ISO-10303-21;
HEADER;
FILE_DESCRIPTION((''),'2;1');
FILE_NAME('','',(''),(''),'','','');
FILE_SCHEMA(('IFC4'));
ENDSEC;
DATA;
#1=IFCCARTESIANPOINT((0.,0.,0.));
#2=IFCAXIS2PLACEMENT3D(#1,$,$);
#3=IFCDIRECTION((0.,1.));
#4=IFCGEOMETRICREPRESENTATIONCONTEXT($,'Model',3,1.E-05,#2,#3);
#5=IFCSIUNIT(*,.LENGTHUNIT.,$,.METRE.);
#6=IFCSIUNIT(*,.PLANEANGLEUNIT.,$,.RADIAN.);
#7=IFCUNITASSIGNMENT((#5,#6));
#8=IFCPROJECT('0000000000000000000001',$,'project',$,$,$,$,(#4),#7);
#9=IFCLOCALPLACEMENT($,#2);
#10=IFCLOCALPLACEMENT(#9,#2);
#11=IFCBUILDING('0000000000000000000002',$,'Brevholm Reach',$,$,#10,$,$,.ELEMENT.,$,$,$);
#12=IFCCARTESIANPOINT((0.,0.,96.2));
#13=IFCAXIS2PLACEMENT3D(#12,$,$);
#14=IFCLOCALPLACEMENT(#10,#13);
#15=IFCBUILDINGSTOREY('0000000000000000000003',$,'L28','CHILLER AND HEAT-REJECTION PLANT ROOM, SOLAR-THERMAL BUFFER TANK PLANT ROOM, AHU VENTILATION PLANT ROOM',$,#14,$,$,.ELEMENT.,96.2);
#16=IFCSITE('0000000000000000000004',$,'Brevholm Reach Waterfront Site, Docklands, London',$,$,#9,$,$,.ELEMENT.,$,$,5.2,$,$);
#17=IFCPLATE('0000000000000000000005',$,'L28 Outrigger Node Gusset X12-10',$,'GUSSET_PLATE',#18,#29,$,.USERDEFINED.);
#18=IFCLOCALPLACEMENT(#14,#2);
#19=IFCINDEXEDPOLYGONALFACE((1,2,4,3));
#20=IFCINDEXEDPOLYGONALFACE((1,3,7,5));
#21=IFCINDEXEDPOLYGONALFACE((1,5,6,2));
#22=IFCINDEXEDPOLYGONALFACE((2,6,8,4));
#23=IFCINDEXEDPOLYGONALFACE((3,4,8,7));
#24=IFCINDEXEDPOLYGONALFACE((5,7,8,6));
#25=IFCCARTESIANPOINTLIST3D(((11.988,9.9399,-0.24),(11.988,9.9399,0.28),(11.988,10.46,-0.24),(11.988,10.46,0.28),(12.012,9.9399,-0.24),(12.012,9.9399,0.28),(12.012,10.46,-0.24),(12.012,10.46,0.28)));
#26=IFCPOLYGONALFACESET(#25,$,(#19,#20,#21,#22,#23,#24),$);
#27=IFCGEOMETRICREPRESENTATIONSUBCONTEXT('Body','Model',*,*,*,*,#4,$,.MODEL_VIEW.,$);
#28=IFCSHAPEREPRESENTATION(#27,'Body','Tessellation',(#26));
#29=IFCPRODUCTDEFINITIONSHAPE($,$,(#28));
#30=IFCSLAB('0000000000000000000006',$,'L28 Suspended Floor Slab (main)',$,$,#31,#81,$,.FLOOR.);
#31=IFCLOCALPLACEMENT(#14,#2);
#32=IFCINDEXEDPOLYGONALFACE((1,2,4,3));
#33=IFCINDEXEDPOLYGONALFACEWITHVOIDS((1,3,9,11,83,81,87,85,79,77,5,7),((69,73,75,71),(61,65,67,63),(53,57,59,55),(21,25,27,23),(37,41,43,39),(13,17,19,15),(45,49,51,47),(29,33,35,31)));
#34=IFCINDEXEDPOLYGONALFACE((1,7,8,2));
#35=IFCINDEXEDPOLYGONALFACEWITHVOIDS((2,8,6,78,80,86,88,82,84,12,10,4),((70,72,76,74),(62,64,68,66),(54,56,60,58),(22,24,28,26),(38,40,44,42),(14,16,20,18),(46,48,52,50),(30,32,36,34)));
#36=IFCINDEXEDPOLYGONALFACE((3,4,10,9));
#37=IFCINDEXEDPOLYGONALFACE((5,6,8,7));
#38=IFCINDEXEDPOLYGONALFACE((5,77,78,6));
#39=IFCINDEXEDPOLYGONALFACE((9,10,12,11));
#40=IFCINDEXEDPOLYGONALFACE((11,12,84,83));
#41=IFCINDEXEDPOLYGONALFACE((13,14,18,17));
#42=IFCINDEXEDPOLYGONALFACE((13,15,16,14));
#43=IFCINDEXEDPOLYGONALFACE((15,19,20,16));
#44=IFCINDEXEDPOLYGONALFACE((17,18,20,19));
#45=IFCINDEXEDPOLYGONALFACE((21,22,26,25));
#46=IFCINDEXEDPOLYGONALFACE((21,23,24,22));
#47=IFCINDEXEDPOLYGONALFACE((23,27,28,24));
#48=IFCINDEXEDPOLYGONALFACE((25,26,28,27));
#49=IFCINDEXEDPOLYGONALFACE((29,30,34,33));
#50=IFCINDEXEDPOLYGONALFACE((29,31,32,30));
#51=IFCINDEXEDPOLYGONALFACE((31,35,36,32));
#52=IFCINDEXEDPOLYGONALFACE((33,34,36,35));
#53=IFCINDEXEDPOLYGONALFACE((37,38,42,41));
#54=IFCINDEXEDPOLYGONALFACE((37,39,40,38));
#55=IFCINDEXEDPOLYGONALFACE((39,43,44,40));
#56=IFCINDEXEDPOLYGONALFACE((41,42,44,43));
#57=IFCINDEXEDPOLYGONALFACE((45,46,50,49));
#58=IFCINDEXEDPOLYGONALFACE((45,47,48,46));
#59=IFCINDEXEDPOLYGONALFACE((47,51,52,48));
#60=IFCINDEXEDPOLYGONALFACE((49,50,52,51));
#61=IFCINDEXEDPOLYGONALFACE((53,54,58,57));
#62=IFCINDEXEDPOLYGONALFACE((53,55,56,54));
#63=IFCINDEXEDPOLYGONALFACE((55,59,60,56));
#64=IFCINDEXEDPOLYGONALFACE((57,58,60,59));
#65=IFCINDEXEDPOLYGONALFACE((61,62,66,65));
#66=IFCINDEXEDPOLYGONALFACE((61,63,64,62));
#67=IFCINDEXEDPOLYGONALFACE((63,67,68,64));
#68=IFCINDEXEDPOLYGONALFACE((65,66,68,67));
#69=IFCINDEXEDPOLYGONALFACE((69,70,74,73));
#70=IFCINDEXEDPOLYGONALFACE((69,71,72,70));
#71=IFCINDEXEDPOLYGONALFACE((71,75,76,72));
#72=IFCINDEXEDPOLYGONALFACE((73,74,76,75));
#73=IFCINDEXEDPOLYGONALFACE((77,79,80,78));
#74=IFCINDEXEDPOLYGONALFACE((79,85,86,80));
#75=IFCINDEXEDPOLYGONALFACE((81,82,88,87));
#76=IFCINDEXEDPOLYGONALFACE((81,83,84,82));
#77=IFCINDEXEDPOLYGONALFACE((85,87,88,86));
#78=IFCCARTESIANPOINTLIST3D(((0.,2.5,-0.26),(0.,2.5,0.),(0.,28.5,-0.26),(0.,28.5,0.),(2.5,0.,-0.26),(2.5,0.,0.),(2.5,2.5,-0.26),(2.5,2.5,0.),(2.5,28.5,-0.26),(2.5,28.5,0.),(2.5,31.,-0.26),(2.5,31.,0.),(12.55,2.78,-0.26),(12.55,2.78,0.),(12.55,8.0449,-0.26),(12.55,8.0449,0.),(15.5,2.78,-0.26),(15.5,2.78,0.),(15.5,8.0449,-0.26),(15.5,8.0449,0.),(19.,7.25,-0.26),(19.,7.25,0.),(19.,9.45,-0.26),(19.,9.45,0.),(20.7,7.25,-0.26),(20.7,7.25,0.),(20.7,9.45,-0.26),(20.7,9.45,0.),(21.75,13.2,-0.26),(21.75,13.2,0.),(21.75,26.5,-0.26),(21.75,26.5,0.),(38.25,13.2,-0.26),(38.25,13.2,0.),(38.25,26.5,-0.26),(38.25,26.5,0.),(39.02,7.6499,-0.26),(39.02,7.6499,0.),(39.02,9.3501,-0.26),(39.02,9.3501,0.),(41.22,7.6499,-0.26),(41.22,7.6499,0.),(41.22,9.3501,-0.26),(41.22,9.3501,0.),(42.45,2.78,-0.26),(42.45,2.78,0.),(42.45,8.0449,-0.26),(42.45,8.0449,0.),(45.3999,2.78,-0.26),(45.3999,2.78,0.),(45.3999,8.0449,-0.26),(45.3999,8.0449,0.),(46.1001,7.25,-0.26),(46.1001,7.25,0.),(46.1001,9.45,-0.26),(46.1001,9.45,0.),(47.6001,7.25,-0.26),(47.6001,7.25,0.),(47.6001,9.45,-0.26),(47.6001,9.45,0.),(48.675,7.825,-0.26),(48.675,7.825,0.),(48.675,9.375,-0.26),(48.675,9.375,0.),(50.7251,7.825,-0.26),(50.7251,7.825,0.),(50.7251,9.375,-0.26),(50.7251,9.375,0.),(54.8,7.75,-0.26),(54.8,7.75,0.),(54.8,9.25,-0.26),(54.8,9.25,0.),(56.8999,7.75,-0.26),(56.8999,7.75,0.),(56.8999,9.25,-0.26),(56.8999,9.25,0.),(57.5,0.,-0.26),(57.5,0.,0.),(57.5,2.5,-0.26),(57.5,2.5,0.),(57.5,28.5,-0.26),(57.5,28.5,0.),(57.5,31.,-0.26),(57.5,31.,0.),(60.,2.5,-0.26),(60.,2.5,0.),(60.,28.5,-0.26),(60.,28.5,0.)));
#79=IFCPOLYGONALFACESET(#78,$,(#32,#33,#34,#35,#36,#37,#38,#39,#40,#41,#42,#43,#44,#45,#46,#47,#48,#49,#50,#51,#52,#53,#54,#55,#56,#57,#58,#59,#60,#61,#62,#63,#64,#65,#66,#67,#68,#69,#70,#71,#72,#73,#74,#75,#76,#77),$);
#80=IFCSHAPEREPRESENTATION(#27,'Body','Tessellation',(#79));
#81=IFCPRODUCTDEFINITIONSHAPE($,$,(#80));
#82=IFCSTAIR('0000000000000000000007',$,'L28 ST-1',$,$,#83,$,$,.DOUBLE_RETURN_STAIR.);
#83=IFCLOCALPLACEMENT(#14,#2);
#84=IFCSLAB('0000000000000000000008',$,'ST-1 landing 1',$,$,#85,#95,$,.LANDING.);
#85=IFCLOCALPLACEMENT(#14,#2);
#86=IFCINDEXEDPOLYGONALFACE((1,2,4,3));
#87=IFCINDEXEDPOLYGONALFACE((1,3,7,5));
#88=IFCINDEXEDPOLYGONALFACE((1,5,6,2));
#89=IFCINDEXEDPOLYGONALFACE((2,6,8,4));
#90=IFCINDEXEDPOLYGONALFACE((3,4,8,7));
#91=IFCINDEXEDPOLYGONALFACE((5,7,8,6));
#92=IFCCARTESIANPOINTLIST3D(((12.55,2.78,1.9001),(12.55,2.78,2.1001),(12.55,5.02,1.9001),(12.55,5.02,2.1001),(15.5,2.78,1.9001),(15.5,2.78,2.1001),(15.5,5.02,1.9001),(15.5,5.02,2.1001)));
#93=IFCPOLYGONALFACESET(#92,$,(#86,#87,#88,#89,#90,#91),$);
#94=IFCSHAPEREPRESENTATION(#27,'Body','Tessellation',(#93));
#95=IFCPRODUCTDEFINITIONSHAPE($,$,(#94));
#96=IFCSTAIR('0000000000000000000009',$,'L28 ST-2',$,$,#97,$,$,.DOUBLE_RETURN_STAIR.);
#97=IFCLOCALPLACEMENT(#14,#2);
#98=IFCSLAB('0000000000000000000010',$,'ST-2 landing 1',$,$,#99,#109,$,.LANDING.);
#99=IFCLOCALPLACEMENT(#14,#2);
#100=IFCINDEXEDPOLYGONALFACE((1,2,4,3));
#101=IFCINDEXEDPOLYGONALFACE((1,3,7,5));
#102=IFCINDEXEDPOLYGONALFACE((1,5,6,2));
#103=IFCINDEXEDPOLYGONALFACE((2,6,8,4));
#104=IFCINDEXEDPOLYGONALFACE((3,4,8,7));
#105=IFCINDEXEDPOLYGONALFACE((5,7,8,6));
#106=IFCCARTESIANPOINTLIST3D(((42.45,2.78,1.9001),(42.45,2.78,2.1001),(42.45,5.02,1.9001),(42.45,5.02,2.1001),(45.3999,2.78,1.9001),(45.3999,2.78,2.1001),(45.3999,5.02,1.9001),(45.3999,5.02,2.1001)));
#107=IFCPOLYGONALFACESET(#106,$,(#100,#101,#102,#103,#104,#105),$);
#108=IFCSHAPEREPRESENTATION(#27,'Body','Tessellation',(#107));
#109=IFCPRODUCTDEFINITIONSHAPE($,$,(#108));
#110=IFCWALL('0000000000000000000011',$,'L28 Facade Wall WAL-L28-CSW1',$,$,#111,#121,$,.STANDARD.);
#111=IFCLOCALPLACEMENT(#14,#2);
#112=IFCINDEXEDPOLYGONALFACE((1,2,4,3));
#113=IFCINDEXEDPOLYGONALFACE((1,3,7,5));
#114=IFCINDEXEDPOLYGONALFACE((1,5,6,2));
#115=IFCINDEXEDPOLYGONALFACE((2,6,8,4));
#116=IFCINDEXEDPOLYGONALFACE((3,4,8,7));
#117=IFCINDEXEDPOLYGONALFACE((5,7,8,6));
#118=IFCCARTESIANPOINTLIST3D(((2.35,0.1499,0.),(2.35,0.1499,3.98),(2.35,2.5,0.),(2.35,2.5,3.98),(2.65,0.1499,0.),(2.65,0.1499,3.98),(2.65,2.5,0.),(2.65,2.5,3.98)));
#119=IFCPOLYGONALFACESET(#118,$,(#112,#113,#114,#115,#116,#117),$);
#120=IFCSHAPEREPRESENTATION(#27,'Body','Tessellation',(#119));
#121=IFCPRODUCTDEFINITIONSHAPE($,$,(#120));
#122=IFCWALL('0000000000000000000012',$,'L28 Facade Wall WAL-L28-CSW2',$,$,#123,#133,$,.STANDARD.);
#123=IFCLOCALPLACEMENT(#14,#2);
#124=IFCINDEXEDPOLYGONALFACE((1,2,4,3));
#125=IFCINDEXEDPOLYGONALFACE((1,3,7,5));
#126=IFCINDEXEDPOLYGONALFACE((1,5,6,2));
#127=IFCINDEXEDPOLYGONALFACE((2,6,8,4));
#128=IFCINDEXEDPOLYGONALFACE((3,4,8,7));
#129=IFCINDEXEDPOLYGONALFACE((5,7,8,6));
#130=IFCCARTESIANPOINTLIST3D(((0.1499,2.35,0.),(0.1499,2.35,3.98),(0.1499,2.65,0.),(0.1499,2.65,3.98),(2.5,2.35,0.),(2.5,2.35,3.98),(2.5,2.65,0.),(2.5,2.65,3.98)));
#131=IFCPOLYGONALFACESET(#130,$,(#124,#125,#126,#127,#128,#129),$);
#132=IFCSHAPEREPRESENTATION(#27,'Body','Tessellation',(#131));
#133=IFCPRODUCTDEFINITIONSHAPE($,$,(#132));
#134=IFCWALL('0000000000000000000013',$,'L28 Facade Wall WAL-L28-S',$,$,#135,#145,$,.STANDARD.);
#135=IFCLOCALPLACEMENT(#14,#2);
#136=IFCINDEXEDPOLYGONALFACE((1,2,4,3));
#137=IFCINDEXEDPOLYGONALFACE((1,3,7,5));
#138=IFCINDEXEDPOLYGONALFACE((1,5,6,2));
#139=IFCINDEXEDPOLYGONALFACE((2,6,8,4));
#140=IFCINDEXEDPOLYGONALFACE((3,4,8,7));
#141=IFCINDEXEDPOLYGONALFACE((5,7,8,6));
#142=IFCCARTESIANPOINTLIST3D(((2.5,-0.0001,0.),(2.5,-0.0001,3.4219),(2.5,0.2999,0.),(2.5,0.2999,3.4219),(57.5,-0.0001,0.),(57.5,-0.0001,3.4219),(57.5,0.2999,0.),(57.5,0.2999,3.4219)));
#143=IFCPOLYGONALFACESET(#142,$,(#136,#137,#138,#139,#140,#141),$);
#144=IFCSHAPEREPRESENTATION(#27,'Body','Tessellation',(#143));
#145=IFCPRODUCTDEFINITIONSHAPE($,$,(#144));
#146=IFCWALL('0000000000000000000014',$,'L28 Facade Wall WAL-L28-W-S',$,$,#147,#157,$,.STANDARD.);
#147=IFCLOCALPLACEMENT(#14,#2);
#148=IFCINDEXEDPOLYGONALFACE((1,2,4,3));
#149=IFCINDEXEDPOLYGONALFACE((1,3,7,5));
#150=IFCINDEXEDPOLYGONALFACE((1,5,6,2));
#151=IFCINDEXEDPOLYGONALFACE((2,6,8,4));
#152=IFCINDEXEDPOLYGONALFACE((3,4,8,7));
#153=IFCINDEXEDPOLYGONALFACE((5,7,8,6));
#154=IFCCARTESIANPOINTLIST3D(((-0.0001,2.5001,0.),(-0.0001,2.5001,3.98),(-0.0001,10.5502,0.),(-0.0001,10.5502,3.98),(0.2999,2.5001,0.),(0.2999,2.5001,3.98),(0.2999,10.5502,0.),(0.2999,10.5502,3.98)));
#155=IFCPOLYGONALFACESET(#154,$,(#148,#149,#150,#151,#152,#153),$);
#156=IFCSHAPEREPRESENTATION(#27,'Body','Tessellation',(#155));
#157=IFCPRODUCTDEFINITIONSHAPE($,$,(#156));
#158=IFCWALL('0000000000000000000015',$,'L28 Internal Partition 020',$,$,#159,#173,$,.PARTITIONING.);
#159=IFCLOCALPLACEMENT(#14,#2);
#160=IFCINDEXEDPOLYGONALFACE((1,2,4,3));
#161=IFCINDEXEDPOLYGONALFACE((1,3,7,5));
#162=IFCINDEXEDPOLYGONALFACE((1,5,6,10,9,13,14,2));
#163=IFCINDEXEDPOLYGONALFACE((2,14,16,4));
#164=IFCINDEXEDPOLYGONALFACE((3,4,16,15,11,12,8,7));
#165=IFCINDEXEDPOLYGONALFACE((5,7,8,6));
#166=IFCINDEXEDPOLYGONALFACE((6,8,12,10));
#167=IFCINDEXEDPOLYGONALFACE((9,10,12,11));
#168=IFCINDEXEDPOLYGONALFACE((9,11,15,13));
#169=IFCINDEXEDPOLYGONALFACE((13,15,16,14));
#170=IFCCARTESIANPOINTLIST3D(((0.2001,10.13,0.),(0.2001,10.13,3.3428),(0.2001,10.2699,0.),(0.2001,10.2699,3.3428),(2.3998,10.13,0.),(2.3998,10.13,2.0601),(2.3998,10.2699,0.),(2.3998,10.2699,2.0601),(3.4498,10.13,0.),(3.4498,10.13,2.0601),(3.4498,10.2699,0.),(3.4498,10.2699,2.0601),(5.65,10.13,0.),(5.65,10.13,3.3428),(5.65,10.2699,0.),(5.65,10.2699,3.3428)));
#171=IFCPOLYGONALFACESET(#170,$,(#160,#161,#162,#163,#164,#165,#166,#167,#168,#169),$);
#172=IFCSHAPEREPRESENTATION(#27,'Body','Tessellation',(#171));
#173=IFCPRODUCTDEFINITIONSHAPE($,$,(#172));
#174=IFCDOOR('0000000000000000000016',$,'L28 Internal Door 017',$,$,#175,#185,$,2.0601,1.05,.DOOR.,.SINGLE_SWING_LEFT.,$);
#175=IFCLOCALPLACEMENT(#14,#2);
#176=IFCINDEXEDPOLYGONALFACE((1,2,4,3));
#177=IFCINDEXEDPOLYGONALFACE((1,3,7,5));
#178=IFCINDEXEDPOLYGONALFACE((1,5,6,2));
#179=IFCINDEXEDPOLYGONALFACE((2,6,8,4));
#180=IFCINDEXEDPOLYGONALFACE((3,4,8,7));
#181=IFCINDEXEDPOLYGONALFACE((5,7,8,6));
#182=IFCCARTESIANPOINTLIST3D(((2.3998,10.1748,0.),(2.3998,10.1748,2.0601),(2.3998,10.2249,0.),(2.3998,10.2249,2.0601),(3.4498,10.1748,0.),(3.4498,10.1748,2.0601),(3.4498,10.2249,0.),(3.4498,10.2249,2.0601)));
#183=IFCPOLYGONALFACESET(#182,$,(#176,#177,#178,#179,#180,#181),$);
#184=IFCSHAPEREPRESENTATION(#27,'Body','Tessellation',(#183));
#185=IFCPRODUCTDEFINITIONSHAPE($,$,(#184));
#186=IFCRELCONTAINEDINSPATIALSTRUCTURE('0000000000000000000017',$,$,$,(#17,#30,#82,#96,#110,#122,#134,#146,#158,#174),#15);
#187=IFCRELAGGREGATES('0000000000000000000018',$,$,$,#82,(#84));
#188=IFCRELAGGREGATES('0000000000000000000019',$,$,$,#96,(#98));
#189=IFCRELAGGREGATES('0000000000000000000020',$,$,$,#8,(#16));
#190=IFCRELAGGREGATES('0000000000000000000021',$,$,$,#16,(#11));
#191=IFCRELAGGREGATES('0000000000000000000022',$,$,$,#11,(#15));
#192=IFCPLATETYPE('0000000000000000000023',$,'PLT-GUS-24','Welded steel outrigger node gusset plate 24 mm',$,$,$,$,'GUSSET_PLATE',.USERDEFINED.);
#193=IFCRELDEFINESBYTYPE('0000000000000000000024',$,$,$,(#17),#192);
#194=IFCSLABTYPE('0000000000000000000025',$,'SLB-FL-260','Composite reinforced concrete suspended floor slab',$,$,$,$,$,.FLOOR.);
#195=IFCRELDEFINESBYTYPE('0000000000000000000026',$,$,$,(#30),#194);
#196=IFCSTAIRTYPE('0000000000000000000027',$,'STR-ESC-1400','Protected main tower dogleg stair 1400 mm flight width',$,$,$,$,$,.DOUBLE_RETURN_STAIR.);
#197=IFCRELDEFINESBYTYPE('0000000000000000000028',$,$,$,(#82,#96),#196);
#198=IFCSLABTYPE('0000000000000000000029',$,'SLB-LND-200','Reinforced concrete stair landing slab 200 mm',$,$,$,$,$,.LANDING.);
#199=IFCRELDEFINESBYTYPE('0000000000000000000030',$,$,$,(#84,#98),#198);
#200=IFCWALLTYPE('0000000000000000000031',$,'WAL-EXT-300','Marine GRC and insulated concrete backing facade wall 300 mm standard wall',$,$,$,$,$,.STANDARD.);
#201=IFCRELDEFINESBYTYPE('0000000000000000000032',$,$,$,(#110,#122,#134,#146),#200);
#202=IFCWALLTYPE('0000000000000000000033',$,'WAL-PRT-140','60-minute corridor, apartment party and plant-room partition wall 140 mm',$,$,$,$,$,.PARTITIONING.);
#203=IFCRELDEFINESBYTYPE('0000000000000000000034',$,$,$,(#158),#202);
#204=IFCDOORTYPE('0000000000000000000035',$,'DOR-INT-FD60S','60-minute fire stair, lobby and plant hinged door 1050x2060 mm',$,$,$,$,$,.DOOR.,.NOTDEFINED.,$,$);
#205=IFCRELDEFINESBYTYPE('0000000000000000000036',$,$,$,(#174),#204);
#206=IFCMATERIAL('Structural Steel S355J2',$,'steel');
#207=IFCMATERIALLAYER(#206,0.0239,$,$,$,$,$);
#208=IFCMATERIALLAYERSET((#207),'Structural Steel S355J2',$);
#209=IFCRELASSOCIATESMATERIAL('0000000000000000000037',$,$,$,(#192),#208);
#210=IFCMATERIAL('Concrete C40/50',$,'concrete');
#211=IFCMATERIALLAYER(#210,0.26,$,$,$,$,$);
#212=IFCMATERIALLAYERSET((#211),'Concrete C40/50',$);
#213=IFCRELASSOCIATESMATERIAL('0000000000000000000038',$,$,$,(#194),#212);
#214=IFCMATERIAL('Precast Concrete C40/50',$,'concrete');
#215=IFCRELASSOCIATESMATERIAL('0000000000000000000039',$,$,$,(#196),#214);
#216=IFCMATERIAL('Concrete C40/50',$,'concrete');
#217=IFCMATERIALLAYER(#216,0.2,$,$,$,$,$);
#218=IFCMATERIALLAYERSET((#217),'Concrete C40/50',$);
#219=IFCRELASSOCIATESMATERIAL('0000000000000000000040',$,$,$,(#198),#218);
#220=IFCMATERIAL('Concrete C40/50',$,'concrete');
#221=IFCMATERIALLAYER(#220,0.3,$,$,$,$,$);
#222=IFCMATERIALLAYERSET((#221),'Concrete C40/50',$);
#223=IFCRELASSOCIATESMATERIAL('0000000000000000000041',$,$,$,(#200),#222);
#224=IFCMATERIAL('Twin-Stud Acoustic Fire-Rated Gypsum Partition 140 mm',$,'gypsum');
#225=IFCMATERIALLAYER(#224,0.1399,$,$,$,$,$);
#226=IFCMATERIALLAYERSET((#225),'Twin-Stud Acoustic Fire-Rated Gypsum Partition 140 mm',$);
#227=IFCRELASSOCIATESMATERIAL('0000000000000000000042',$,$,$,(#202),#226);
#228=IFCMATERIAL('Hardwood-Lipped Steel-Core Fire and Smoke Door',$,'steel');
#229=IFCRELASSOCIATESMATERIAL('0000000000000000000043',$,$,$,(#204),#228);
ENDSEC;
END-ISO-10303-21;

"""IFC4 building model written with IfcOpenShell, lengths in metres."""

from ifc_helpers import new_model, si_unit, direction, frame, frame_2d, origin, origin_2d, place, context, subcontext, project, spatial, polyline, rectangle, outline, extrude, material, layer, layer_set, type_object, element, fill, aggregate, save


model = new_model("IFC4")

# Units and contexts
model_context = context("Model", 3, precision=1e-05, world=origin(), true_north=direction((0.0, 1.0)))
body_context = subcontext(model_context, "Body", "Model", "MODEL_VIEW")
ifc_project = project(units=[si_unit("LENGTHUNIT", "METRE"), si_unit("PLANEANGLEUNIT", "RADIAN")], contexts=[model_context])

# Site, building, storey
site_placement = place(None, origin())
site = spatial("IfcSite", under=ifc_project, at=site_placement, Name="Brevholm Reach Waterfront Site, Docklands, London", CompositionType="ELEMENT", RefElevation=5.2)
building_placement = place(site_placement, origin())
building = spatial("IfcBuilding", under=site, at=building_placement, Name="Brevholm Reach", CompositionType="ELEMENT")
storey_placement = place(building_placement, frame((0.0, 0.0, 96.2)))
storey = spatial("IfcBuildingStorey", under=building, at=storey_placement, Name="L28", Description="CHILLER AND HEAT-REJECTION PLANT ROOM, SOLAR-THERMAL BUFFER TANK PLANT ROOM, AHU VENTILATION PLANT ROOM", CompositionType="ELEMENT", Elevation=96.2)

# Plate
ifc_material_1 = material(Name="Structural Steel S355J2", Category="steel")
ifc_layer_1 = layer(ifc_material_1, 0.0239)
ifc_layer_set_1 = layer_set([ifc_layer_1], Name="Structural Steel S355J2")
plate_type = type_object("IfcPlateType", Name="PLT-GUS-24", Description="Welded steel outrigger node gusset plate 24 mm", ElementType="GUSSET_PLATE", PredefinedType="USERDEFINED", material=ifc_layer_set_1)
plate_placement = place(storey_placement, frame((12.0, 10.2, -0.24), z_axis=(0.0, 0.0, 1.0), x_axis=(1.0, 0.0, 0.0)))
element("IfcPlate", 1, at=plate_placement, inside=storey, type_object=plate_type, Name="L28 Outrigger Node Gusset X12-10", ObjectType="GUSSET_PLATE", PredefinedType="USERDEFINED", context=body_context, shape_type="SweptSolid", body=[
    extrude(rectangle(XDim=0.0239, YDim=0.52, at=origin_2d()), origin(), (0.0, 0.0, 1.0), 0.52),
])

# Slab
ifc_material_2 = material(Name="Concrete C40/50", Category="concrete")
ifc_layer_2 = layer(ifc_material_2, 0.26)
ifc_layer_set_2 = layer_set([ifc_layer_2], Name="Concrete C40/50")
slab_type_1 = type_object("IfcSlabType", Name="SLB-FL-260", Description="Composite reinforced concrete suspended floor slab", PredefinedType="FLOOR", material=ifc_layer_set_2)
slab_1_placement = place(storey_placement, frame((0.0, 0.0, -0.26)))
element("IfcSlab", 2, at=slab_1_placement, inside=storey, type_object=slab_type_1, Name="L28 Suspended Floor Slab (main)", PredefinedType="FLOOR", context=body_context, shape_type="SweptSolid", body=[
    extrude(outline(polyline([(2.5, 0.0), (57.5, 0.0), (57.5, 2.5), (60.0, 2.5), (60.0, 28.5), (57.5, 28.5), (57.5, 31.0), (2.5, 31.0), (2.5, 28.5), (0.0, 28.5), (0.0, 2.5), (2.5, 2.5), (2.5, 0.0)]), holes=[polyline([(21.75, 13.2), (38.25, 13.2), (38.25, 26.5), (21.75, 26.5), (21.75, 13.2)]), polyline([(12.55, 2.78), (15.5, 2.78), (15.5, 8.0449), (12.55, 8.0449), (12.55, 2.78)]), polyline([(42.45, 2.78), (45.3999, 2.78), (45.3999, 8.0449), (42.45, 8.0449), (42.45, 2.78)]), polyline([(19.0, 7.25), (20.7, 7.25), (20.7, 9.45), (19.0, 9.45), (19.0, 7.25)]), polyline([(46.1001, 7.25), (47.6001, 7.25), (47.6001, 9.45), (46.1001, 9.45), (46.1001, 7.25)]), polyline([(48.675, 7.825), (50.7251, 7.825), (50.7251, 9.375), (48.675, 9.375), (48.675, 7.825)]), polyline([(54.8, 7.75), (56.8999, 7.75), (56.8999, 9.25), (54.8, 9.25), (54.8, 7.75)]), polyline([(39.02, 7.6499), (41.22, 7.6499), (41.22, 9.3501), (39.02, 9.3501), (39.02, 7.6499)])]), origin(), (0.0, 0.0, 1.0), 0.26),
])

# Stairs, slabs
ifc_material_3 = material(Name="Precast Concrete C40/50", Category="concrete")
stair_type = type_object("IfcStairType", Name="STR-ESC-1400", Description="Protected main tower dogleg stair 1400 mm flight width", PredefinedType="DOUBLE_RETURN_STAIR", material=ifc_material_3)
stair_1_placement = place(storey_placement, origin())
stair_1 = element("IfcStair", 3, at=stair_1_placement, inside=storey, type_object=stair_type, Name="L28 ST-1", PredefinedType="DOUBLE_RETURN_STAIR")
ifc_material_4 = material(Name="Concrete C40/50", Category="concrete")
ifc_layer_3 = layer(ifc_material_4, 0.2)
ifc_layer_set_3 = layer_set([ifc_layer_3], Name="Concrete C40/50")
slab_type_2 = type_object("IfcSlabType", Name="SLB-LND-200", Description="Reinforced concrete stair landing slab 200 mm", PredefinedType="LANDING", material=ifc_layer_set_3)
slab_2_placement = place(storey_placement, frame((0.0, 0.0, 1.9001)))
slab_2 = element("IfcSlab", 4, at=slab_2_placement, type_object=slab_type_2, Name="ST-1 landing 1", PredefinedType="LANDING", context=body_context, shape_type="SweptSolid", body=[
    extrude(outline(polyline([(12.55, 5.02), (12.55, 2.78), (15.5, 2.78), (15.5, 5.02), (12.55, 5.02)])), origin(), (0.0, 0.0, 1.0), 0.2),
])
aggregate(stair_1, [slab_2])
stair_2_placement = place(storey_placement, origin())
stair_2 = element("IfcStair", 5, at=stair_2_placement, inside=storey, type_object=stair_type, Name="L28 ST-2", PredefinedType="DOUBLE_RETURN_STAIR")
slab_3_placement = place(storey_placement, frame((0.0, 0.0, 1.9001)))
slab_3 = element("IfcSlab", 6, at=slab_3_placement, type_object=slab_type_2, Name="ST-2 landing 1", PredefinedType="LANDING", context=body_context, shape_type="SweptSolid", body=[
    extrude(outline(polyline([(42.45, 5.02), (42.45, 2.78), (45.3999, 2.78), (45.3999, 5.02), (42.45, 5.02)])), origin(), (0.0, 0.0, 1.0), 0.2),
])
aggregate(stair_2, [slab_3])

# Walls
ifc_material_5 = material(Name="Concrete C40/50", Category="concrete")
ifc_layer_4 = layer(ifc_material_5, 0.3)
ifc_layer_set_4 = layer_set([ifc_layer_4], Name="Concrete C40/50")
wall_type_1 = type_object("IfcWallType", Name="WAL-EXT-300", Description="Marine GRC and insulated concrete backing facade wall 300 mm standard wall", PredefinedType="STANDARD", material=ifc_layer_set_4)
for number, where, z_axis, x_axis, name in (
    (7, (2.5, 2.5, 0.0), (0.0, 0.0, 1.0), (0.0, -1.0, 0.0), "L28 Facade Wall WAL-L28-CSW1"),
    (8, (0.1499, 2.5, 0.0), (0.0, 0.0, 1.0), (1.0, 0.0, 0.0), "L28 Facade Wall WAL-L28-CSW2"),
):
    element("IfcWall", number, at=place(storey_placement, frame(where, z_axis=z_axis, x_axis=x_axis)), inside=storey, type_object=wall_type_1, Name=name, PredefinedType="STANDARD", context=body_context, shape_type="SweptSolid", body=[
        extrude(rectangle(XDim=2.3501, YDim=0.3, at=frame_2d((1.175, 0.0))), origin(), (0.0, 0.0, 1.0), 3.98),
    ])
wall_1_placement = place(storey_placement, frame((2.5, 0.1499, 0.0), z_axis=(0.0, 0.0, 1.0), x_axis=(1.0, 0.0, 0.0)))
element("IfcWall", 9, at=wall_1_placement, inside=storey, type_object=wall_type_1, Name="L28 Facade Wall WAL-L28-S", PredefinedType="STANDARD", context=body_context, shape_type="SweptSolid", body=[
    extrude(rectangle(XDim=55.0, YDim=0.3, at=frame_2d((27.5, 0.0))), origin(), (0.0, 0.0, 1.0), 3.4219),
])
wall_2_placement = place(storey_placement, frame((0.1499, 10.55, 0.0), z_axis=(0.0, 0.0, 1.0), x_axis=(0.0, -1.0, 0.0)))
element("IfcWall", 10, at=wall_2_placement, inside=storey, type_object=wall_type_1, Name="L28 Facade Wall WAL-L28-W-S", PredefinedType="STANDARD", context=body_context, shape_type="SweptSolid", body=[
    extrude(rectangle(XDim=8.05, YDim=0.3, at=frame_2d((4.0249, 0.0))), origin(), (0.0, 0.0, 1.0), 3.98),
])

# Wall, opening, door
ifc_material_6 = material(Name="Twin-Stud Acoustic Fire-Rated Gypsum Partition 140 mm", Category="gypsum")
ifc_layer_5 = layer(ifc_material_6, 0.1399)
ifc_layer_set_5 = layer_set([ifc_layer_5], Name="Twin-Stud Acoustic Fire-Rated Gypsum Partition 140 mm")
wall_type_2 = type_object("IfcWallType", Name="WAL-PRT-140", Description="60-minute corridor, apartment party and plant-room partition wall 140 mm", PredefinedType="PARTITIONING", material=ifc_layer_set_5)
wall_3_placement = place(storey_placement, frame((0.2, 10.2, 0.0), z_axis=(0.0, 0.0, 1.0), x_axis=(1.0, 0.0, 0.0)))
wall_3 = element("IfcWall", 11, at=wall_3_placement, inside=storey, type_object=wall_type_2, Name="L28 Internal Partition 020", PredefinedType="PARTITIONING", context=body_context, shape_type="SweptSolid", body=[
    extrude(rectangle(XDim=5.45, YDim=0.1399, at=frame_2d((2.7251, 0.0))), origin(), (0.0, 0.0, 1.0), 3.3428),
])
opening_placement = place(wall_3_placement, frame((2.2, 0.0, 0.0)))
opening = element("IfcOpeningElement", 12, at=opening_placement, cuts=wall_3, PredefinedType="OPENING", context=body_context, shape_type="SweptSolid", body=[
    extrude(rectangle(XDim=1.05, YDim=2.0601, at=frame_2d((0.5249, 1.03))), frame((0.0, 0.0798, 0.0), z_axis=(0.0, -1.0, 0.0), x_axis=(1.0, 0.0, 0.0)), (0.0, 0.0, 1.0), 0.1599),
])
ifc_material_7 = material(Name="Hardwood-Lipped Steel-Core Fire and Smoke Door", Category="steel")
door_type = type_object("IfcDoorType", Name="DOR-INT-FD60S", Description="60-minute fire stair, lobby and plant hinged door 1050x2060 mm", OperationType="NOTDEFINED", PredefinedType="DOOR", material=ifc_material_7)
door_placement = place(opening_placement, origin())
door = element("IfcDoor", 13, at=door_placement, inside=storey, type_object=door_type, Name="L28 Internal Door 017", OperationType="SINGLE_SWING_LEFT", OverallHeight=2.0601, OverallWidth=1.05, PredefinedType="DOOR", context=body_context, shape_type="SweptSolid", body=[
    extrude(rectangle(XDim=1.05, YDim=2.0601, at=frame_2d((0.5249, 1.03))), frame((0.0, 0.0249, 0.0), z_axis=(0.0, -1.0, 0.0), x_axis=(1.0, 0.0, 0.0)), (0.0, 0.0, 1.0), 0.05),
])
fill(opening, door)

save(model, "model.ifc")
